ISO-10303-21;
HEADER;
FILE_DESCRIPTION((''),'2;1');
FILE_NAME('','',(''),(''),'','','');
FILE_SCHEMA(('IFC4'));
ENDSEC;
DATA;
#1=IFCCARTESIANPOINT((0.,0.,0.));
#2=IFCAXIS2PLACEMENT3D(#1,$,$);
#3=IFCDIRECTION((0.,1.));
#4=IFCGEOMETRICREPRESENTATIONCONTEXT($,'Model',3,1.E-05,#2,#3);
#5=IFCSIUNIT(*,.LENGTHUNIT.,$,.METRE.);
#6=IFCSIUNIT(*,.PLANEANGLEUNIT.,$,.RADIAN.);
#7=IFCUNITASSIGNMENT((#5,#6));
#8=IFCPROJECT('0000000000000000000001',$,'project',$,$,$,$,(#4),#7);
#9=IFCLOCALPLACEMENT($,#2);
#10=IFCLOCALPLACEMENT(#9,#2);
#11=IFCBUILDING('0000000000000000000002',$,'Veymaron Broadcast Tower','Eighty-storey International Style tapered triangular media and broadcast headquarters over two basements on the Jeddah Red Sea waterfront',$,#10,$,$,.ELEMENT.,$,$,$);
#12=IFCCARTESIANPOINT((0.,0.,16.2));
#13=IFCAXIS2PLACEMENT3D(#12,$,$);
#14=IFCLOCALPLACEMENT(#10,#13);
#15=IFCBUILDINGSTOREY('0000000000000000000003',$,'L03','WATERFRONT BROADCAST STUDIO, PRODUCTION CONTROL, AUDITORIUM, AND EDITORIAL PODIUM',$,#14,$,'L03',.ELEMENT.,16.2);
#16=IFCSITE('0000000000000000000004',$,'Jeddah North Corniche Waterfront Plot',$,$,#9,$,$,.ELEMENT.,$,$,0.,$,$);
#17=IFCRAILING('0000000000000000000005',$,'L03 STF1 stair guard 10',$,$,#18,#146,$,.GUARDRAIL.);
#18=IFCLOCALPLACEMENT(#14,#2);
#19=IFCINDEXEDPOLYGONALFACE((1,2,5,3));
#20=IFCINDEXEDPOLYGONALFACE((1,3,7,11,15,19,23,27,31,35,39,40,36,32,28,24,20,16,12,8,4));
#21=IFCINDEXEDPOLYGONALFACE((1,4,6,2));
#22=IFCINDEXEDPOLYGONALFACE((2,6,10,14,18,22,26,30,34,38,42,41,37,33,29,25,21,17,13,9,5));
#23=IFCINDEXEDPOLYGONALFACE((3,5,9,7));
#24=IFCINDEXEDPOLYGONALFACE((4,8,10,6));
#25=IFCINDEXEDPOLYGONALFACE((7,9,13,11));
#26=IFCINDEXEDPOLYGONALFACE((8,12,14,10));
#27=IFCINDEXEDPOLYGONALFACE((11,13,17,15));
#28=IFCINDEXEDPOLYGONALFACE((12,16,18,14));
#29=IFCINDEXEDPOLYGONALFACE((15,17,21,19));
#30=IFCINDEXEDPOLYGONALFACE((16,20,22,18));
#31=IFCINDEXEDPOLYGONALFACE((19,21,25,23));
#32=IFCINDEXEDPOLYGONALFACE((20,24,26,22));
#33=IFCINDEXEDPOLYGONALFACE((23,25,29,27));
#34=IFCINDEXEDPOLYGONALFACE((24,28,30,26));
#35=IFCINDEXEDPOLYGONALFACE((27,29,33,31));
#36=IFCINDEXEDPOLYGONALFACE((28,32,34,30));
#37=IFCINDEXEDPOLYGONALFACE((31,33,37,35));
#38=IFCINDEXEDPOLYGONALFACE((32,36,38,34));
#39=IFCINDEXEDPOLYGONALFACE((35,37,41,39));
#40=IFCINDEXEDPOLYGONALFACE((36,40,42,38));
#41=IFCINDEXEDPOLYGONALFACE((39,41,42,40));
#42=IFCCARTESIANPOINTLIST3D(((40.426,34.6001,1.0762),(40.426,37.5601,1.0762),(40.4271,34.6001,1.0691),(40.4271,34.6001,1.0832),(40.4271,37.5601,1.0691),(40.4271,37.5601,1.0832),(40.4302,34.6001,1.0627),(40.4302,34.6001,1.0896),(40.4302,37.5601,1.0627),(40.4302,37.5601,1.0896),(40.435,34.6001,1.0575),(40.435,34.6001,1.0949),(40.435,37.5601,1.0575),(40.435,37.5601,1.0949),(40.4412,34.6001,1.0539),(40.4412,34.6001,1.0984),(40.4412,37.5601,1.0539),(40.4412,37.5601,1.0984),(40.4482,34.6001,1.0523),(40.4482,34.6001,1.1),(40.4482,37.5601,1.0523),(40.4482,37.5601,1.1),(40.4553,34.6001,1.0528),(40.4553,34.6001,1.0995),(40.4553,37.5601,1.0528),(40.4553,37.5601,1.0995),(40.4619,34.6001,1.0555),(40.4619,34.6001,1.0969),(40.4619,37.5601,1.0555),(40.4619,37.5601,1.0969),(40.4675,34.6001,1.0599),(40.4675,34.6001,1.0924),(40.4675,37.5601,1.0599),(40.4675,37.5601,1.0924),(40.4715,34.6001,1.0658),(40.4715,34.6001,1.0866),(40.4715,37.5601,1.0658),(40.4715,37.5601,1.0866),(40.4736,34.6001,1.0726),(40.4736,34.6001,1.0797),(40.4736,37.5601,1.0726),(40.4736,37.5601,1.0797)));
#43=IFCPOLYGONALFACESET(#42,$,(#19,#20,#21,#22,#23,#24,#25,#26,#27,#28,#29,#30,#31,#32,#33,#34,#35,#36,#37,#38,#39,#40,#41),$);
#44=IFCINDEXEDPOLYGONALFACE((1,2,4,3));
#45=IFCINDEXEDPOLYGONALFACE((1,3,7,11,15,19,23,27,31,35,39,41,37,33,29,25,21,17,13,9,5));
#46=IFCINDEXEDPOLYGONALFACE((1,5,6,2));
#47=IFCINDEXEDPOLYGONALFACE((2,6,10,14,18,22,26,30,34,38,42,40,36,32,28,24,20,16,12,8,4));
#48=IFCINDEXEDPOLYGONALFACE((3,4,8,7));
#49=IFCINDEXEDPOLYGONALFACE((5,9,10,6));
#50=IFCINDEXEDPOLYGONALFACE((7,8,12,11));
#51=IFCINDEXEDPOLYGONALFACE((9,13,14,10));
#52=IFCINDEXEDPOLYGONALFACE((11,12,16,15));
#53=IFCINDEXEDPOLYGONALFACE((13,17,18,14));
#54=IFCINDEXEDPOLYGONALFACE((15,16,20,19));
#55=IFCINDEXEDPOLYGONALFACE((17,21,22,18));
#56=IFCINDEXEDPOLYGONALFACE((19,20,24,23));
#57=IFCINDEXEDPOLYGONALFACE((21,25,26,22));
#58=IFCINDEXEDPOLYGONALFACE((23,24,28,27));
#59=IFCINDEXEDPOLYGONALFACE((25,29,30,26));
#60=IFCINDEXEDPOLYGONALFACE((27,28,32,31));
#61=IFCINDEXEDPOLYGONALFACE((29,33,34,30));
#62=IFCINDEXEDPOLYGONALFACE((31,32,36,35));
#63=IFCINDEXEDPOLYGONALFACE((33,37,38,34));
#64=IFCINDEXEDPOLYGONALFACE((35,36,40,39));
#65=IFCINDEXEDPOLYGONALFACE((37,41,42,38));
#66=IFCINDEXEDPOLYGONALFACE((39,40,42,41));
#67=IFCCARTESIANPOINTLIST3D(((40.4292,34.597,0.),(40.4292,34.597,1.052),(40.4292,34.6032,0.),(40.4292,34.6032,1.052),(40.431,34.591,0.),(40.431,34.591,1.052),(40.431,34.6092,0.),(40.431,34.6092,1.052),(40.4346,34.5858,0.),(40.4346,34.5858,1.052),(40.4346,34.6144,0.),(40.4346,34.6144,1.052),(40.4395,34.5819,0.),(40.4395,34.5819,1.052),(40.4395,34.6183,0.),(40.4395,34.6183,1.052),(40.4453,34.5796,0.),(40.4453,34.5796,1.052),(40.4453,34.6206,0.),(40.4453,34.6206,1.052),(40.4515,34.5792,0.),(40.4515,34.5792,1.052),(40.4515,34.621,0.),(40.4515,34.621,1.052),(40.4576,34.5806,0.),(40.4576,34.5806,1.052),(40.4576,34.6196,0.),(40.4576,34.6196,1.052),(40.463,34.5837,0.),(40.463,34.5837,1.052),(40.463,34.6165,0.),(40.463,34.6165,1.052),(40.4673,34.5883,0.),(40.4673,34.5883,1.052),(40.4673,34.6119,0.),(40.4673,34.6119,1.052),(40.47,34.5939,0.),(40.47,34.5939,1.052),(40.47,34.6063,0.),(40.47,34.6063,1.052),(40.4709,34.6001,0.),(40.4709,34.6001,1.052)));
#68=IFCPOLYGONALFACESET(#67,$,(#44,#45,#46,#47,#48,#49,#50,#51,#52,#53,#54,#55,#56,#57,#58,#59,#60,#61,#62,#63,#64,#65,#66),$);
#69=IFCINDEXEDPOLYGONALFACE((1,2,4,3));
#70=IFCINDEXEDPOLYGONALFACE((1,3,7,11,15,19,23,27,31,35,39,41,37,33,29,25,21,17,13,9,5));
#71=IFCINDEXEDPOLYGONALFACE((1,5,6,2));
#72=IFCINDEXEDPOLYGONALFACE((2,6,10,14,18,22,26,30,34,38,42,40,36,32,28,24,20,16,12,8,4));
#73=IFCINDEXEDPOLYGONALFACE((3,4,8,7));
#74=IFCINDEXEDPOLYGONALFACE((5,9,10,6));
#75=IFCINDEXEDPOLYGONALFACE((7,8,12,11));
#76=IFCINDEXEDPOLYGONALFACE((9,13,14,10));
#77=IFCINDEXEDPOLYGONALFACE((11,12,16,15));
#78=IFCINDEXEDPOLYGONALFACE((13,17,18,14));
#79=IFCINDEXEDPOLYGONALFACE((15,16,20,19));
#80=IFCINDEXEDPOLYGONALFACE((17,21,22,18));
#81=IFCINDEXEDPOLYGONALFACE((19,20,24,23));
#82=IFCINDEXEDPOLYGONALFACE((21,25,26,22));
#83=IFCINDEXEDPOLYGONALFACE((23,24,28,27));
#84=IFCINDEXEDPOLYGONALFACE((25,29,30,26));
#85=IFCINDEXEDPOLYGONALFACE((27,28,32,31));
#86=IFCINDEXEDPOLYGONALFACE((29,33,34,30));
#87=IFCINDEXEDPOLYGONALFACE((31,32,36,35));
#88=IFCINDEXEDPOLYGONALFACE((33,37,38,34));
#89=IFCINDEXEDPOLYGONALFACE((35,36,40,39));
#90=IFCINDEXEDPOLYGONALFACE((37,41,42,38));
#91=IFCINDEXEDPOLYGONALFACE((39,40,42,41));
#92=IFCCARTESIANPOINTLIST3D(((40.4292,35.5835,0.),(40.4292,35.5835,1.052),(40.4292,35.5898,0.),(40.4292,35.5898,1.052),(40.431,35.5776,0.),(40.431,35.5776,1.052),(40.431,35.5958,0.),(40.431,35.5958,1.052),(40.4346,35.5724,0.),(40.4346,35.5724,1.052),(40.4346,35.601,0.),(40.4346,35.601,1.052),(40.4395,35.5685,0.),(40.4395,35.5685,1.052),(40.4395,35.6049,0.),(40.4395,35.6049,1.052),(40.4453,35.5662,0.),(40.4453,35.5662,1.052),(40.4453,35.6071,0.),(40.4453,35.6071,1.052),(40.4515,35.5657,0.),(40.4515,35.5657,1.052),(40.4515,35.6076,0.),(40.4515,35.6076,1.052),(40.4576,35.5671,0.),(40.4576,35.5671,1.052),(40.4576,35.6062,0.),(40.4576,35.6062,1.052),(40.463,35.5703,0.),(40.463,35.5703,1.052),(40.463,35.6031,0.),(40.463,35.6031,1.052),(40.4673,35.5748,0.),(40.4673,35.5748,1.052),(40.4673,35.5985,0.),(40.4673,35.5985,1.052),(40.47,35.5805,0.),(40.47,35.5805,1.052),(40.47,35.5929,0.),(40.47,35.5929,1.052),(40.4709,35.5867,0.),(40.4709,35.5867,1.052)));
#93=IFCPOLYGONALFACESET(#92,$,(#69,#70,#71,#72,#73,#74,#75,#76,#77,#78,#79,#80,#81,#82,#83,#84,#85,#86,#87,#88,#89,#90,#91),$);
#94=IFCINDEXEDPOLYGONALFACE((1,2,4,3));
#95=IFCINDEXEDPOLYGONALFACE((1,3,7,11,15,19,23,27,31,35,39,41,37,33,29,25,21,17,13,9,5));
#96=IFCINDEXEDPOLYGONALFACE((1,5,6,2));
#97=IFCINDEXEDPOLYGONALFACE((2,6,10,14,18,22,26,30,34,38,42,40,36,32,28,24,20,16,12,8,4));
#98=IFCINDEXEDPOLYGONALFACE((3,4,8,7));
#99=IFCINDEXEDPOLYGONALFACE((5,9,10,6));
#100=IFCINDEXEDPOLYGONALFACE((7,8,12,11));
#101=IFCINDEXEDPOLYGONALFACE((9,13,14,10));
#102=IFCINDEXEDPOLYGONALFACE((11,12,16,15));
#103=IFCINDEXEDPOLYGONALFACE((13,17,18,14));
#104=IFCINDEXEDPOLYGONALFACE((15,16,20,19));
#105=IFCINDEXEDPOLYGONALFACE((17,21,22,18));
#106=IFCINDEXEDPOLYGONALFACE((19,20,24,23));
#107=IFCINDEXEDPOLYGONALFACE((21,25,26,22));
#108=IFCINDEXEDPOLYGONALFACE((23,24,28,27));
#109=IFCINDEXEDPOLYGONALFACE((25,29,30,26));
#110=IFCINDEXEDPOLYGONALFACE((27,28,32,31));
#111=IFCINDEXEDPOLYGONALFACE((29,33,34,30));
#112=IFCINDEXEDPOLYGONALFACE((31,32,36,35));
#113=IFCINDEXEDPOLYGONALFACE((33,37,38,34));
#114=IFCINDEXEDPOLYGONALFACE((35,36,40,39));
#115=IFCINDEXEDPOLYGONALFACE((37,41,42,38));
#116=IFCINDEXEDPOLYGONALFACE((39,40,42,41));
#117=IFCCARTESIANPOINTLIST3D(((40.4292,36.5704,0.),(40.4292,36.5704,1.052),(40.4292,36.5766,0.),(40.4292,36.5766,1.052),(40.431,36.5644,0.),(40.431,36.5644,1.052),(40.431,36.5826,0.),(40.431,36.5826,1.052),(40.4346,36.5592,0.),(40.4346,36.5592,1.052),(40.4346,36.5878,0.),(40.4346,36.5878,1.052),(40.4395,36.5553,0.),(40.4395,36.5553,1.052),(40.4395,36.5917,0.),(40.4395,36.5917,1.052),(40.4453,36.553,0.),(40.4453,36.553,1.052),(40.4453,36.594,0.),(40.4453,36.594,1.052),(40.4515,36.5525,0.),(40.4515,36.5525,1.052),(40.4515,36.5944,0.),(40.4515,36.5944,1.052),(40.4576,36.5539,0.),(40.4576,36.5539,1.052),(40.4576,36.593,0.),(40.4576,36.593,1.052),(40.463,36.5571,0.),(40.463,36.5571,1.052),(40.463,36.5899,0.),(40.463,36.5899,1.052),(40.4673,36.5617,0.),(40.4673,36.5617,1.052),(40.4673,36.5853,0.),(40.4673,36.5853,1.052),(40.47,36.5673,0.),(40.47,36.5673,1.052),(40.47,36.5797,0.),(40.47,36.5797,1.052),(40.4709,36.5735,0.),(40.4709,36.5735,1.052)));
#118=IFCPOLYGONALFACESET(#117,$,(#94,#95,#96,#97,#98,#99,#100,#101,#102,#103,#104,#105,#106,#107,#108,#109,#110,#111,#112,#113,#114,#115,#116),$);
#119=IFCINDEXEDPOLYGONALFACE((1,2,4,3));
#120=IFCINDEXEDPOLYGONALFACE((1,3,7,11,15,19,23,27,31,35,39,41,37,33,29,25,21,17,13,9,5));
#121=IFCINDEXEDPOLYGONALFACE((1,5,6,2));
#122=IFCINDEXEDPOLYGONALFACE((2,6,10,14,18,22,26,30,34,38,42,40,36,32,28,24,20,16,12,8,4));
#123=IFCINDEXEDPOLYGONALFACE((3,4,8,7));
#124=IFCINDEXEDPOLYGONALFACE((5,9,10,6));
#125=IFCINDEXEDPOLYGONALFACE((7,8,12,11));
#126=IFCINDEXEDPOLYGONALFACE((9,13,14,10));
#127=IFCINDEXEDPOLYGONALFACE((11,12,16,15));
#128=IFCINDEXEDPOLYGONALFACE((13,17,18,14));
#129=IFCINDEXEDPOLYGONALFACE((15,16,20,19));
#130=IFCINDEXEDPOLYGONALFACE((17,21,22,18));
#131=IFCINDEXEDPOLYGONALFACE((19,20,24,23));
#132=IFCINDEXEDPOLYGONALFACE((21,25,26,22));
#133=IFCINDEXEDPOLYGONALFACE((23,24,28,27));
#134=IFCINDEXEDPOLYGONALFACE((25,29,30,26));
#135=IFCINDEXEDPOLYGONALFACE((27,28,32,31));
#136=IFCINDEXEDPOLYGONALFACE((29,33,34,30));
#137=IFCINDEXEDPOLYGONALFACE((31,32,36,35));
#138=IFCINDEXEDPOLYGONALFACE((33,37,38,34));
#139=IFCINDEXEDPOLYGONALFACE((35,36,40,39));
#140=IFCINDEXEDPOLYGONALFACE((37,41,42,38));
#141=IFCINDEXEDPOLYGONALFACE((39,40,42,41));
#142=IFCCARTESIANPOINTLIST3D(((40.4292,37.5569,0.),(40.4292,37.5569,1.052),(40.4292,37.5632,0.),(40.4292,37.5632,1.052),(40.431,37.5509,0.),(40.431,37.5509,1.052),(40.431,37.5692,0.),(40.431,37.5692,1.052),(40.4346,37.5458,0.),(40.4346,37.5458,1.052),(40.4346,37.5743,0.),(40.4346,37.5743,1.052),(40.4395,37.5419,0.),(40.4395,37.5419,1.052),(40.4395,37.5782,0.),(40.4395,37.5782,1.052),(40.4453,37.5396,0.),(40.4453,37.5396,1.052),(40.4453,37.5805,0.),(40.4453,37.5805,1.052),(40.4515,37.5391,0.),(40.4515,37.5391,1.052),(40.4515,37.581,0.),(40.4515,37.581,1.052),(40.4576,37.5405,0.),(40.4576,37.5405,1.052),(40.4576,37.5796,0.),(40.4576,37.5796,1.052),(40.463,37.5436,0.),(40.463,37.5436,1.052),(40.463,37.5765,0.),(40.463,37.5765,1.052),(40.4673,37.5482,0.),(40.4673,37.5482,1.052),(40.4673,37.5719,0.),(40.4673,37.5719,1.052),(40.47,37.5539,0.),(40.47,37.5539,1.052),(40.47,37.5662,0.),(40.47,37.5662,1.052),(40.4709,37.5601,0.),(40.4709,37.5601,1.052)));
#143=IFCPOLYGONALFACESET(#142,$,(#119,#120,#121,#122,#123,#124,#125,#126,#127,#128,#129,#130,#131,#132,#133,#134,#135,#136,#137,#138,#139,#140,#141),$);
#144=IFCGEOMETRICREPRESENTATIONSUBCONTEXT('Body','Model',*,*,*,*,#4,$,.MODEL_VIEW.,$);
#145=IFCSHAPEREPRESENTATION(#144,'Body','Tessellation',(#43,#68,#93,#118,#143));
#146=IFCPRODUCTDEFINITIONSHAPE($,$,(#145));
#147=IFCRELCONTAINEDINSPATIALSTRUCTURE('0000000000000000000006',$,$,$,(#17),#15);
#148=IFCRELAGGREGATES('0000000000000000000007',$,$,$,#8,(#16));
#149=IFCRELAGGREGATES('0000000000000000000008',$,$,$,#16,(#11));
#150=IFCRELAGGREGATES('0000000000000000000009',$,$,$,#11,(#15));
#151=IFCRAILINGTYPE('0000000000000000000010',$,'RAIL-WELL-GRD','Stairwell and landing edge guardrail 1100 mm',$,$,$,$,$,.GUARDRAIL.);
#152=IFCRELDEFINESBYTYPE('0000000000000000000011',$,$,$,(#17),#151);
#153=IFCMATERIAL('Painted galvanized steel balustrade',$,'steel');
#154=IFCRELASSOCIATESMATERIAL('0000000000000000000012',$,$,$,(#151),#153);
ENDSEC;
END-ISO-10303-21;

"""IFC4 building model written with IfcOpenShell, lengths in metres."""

from ifc_helpers import new_model, si_unit, direction, frame, origin, origin_2d, place, context, subcontext, project, spatial, circle, extrude, material, type_object, element, save


model = new_model("IFC4")

# Units and contexts
model_context = context("Model", 3, precision=1e-05, world=origin(), true_north=direction((0.0, 1.0)))
body_context = subcontext(model_context, "Body", "Model", "MODEL_VIEW")
ifc_project = project(units=[si_unit("LENGTHUNIT", "METRE"), si_unit("PLANEANGLEUNIT", "RADIAN")], contexts=[model_context])

# Site, building, storey
site_placement = place(None, origin())
site = spatial("IfcSite", under=ifc_project, at=site_placement, Name="Jeddah North Corniche Waterfront Plot", CompositionType="ELEMENT", RefElevation=0.0)
building_placement = place(site_placement, origin())
building = spatial("IfcBuilding", under=site, at=building_placement, Name="Veymaron Broadcast Tower", Description="Eighty-storey International Style tapered triangular media and broadcast headquarters over two basements on the Jeddah Red Sea waterfront", CompositionType="ELEMENT")
storey_placement = place(building_placement, frame((0.0, 0.0, 16.2)))
storey = spatial("IfcBuildingStorey", under=building, at=storey_placement, Name="L03", Description="WATERFRONT BROADCAST STUDIO, PRODUCTION CONTROL, AUDITORIUM, AND EDITORIAL PODIUM", LongName="L03", CompositionType="ELEMENT", Elevation=16.2)

# Railing
ifc_material_1 = material(Name="Painted galvanized steel balustrade", Category="steel")
railing_type_1 = type_object("IfcRailingType", Name="RAIL-WELL-GRD", Description="Stairwell and landing edge guardrail 1100 mm", PredefinedType="GUARDRAIL", material=ifc_material_1)
railing_1_placement = place(storey_placement, frame((40.45, 34.6001, 0.0)))
element("IfcRailing", 1, at=railing_1_placement, inside=storey, type_object=railing_type_1, Name="L03 STF1 stair guard 10", PredefinedType="GUARDRAIL", context=body_context, shape_type="SweptSolid", body=[
    extrude(circle(Radius=0.0239, at=origin_2d()), frame((0.0, 0.0, 1.0762), z_axis=(0.0, 1.0, 0.0), x_axis=(-1.0, 0.0, 0.0)), (0.0, 0.0, 1.0), 2.96),
    extrude(circle(Radius=0.021, at=origin_2d()), origin(), (0.0, 0.0, 1.0), 1.052),
    extrude(circle(Radius=0.021, at=origin_2d()), frame((0.0, 0.9866, 0.0)), (0.0, 0.0, 1.0), 1.052),
    extrude(circle(Radius=0.021, at=origin_2d()), frame((0.0, 1.9734, 0.0)), (0.0, 0.0, 1.0), 1.052),
    extrude(circle(Radius=0.021, at=origin_2d()), frame((0.0, 2.96, 0.0)), (0.0, 0.0, 1.0), 1.052),
])

save(model, "model.ifc")
